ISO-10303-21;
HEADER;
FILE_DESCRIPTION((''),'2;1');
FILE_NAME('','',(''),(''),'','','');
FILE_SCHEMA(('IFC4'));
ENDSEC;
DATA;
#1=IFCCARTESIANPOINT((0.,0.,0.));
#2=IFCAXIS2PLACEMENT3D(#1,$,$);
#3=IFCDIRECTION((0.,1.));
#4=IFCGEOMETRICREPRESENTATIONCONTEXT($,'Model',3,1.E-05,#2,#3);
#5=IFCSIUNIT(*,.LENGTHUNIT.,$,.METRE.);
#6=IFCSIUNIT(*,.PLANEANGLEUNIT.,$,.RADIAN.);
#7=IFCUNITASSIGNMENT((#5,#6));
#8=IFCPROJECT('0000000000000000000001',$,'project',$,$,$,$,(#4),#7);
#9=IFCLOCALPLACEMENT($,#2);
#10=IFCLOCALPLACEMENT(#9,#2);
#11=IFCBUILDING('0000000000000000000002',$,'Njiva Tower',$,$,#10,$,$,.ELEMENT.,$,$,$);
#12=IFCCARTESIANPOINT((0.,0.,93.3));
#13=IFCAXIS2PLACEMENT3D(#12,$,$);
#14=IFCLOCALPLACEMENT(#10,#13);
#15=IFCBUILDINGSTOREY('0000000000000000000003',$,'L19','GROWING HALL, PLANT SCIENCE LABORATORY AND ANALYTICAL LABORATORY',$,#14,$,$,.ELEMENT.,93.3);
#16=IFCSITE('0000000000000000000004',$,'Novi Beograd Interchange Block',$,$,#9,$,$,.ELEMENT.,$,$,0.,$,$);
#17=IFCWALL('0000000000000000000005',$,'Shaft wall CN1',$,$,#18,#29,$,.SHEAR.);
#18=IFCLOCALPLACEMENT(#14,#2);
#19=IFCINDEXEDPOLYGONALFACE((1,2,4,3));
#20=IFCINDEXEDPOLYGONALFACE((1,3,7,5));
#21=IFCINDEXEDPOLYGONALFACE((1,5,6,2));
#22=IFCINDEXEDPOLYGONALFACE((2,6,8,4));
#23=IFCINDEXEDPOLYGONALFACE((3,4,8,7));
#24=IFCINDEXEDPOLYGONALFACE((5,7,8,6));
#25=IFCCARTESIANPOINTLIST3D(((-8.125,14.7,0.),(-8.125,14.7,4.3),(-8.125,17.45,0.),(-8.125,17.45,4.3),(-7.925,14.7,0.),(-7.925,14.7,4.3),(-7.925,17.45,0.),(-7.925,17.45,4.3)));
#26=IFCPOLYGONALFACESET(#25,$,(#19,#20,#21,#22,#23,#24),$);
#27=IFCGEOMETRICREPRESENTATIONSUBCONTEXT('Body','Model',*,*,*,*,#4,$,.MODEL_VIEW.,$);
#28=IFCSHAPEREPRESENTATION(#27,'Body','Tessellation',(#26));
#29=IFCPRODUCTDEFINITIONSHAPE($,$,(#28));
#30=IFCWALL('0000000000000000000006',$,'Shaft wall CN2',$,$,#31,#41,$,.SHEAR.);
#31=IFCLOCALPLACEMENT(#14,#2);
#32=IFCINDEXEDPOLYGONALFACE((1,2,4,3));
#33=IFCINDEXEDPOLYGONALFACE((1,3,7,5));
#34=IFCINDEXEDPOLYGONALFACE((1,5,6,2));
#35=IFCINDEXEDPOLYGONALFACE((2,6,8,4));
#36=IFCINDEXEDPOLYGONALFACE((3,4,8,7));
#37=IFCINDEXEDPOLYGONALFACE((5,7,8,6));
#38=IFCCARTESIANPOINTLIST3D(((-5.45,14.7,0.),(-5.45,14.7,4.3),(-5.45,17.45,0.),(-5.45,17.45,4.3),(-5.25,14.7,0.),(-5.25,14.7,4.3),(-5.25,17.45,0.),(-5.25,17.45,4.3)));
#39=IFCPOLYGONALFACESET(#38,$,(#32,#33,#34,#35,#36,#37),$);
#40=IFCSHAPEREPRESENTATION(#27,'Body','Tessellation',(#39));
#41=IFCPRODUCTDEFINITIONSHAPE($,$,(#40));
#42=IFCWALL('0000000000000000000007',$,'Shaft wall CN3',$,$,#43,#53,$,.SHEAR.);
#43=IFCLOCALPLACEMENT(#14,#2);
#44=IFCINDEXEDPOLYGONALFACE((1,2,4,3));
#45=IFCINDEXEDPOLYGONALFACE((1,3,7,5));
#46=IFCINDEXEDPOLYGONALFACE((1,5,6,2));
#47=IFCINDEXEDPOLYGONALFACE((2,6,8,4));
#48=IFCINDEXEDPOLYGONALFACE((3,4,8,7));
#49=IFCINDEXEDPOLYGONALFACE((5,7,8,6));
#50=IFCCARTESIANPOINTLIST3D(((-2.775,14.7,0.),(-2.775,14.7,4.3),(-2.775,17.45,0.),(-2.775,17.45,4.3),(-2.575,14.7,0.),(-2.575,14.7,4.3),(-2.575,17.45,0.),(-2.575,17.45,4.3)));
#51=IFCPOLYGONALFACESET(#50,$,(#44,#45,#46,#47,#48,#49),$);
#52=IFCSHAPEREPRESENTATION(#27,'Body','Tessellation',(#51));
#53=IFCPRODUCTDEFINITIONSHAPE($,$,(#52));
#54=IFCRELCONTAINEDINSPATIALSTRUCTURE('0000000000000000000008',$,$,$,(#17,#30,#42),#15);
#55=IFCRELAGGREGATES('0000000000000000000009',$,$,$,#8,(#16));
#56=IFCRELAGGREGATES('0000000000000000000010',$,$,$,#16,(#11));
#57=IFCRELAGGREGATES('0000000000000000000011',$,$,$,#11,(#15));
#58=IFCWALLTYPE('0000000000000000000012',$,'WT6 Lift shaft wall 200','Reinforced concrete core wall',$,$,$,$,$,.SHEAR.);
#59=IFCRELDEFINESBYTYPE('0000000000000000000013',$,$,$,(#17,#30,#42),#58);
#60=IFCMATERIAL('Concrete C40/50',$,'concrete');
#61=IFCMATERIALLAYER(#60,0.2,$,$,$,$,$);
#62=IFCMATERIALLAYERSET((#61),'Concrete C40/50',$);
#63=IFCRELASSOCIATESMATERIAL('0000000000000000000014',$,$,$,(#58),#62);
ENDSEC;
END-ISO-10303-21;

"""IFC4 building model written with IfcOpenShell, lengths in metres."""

from ifc_helpers import new_model, si_unit, direction, frame, frame_2d, origin, place, context, subcontext, project, spatial, rectangle, extrude, material, layer, layer_set, type_object, element, save


model = new_model("IFC4")

# Units and contexts
model_context = context("Model", 3, precision=1e-05, world=origin(), true_north=direction((0.0, 1.0)))
body_context = subcontext(model_context, "Body", "Model", "MODEL_VIEW")
ifc_project = project(units=[si_unit("LENGTHUNIT", "METRE"), si_unit("PLANEANGLEUNIT", "RADIAN")], contexts=[model_context])

# Site, building, storey
site_placement = place(None, origin())
site = spatial("IfcSite", under=ifc_project, at=site_placement, Name="Novi Beograd Interchange Block", CompositionType="ELEMENT", RefElevation=0.0)
building_placement = place(site_placement, origin())
building = spatial("IfcBuilding", under=site, at=building_placement, Name="Njiva Tower", CompositionType="ELEMENT")
storey_placement = place(building_placement, frame((0.0, 0.0, 93.3)))
storey = spatial("IfcBuildingStorey", under=building, at=storey_placement, Name="L19", Description="GROWING HALL, PLANT SCIENCE LABORATORY AND ANALYTICAL LABORATORY", CompositionType="ELEMENT", Elevation=93.3)

# Walls
ifc_material_1 = material(Name="Concrete C40/50", Category="concrete")
ifc_layer_1 = layer(ifc_material_1, 0.2)
ifc_layer_set_1 = layer_set([ifc_layer_1], Name="Concrete C40/50")
wall_type_1 = type_object("IfcWallType", Name="WT6 Lift shaft wall 200", Description="Reinforced concrete core wall", PredefinedType="SHEAR", material=ifc_layer_set_1)
for number, where, z_axis, x_axis, name in (
    (1, (-8.025, 14.7, 0.0), (0.0, 0.0, 1.0), (0.0, 1.0, 0.0), "Shaft wall CN1"),
    (2, (-5.35, 14.7, 0.0), (0.0, 0.0, 1.0), (0.0, 1.0, 0.0), "Shaft wall CN2"),
    (3, (-2.675, 14.7, 0.0), (0.0, 0.0, 1.0), (0.0, 1.0, 0.0), "Shaft wall CN3"),
):
    element("IfcWall", number, at=place(storey_placement, frame(where, z_axis=z_axis, x_axis=x_axis)), inside=storey, type_object=wall_type_1, Name=name, PredefinedType="SHEAR", context=body_context, shape_type="SweptSolid", body=[
        extrude(rectangle(XDim=2.75, YDim=0.2, at=frame_2d((1.375, 0.0))), origin(), (0.0, 0.0, 1.0), 4.3),
    ])

save(model, "model.ifc")
